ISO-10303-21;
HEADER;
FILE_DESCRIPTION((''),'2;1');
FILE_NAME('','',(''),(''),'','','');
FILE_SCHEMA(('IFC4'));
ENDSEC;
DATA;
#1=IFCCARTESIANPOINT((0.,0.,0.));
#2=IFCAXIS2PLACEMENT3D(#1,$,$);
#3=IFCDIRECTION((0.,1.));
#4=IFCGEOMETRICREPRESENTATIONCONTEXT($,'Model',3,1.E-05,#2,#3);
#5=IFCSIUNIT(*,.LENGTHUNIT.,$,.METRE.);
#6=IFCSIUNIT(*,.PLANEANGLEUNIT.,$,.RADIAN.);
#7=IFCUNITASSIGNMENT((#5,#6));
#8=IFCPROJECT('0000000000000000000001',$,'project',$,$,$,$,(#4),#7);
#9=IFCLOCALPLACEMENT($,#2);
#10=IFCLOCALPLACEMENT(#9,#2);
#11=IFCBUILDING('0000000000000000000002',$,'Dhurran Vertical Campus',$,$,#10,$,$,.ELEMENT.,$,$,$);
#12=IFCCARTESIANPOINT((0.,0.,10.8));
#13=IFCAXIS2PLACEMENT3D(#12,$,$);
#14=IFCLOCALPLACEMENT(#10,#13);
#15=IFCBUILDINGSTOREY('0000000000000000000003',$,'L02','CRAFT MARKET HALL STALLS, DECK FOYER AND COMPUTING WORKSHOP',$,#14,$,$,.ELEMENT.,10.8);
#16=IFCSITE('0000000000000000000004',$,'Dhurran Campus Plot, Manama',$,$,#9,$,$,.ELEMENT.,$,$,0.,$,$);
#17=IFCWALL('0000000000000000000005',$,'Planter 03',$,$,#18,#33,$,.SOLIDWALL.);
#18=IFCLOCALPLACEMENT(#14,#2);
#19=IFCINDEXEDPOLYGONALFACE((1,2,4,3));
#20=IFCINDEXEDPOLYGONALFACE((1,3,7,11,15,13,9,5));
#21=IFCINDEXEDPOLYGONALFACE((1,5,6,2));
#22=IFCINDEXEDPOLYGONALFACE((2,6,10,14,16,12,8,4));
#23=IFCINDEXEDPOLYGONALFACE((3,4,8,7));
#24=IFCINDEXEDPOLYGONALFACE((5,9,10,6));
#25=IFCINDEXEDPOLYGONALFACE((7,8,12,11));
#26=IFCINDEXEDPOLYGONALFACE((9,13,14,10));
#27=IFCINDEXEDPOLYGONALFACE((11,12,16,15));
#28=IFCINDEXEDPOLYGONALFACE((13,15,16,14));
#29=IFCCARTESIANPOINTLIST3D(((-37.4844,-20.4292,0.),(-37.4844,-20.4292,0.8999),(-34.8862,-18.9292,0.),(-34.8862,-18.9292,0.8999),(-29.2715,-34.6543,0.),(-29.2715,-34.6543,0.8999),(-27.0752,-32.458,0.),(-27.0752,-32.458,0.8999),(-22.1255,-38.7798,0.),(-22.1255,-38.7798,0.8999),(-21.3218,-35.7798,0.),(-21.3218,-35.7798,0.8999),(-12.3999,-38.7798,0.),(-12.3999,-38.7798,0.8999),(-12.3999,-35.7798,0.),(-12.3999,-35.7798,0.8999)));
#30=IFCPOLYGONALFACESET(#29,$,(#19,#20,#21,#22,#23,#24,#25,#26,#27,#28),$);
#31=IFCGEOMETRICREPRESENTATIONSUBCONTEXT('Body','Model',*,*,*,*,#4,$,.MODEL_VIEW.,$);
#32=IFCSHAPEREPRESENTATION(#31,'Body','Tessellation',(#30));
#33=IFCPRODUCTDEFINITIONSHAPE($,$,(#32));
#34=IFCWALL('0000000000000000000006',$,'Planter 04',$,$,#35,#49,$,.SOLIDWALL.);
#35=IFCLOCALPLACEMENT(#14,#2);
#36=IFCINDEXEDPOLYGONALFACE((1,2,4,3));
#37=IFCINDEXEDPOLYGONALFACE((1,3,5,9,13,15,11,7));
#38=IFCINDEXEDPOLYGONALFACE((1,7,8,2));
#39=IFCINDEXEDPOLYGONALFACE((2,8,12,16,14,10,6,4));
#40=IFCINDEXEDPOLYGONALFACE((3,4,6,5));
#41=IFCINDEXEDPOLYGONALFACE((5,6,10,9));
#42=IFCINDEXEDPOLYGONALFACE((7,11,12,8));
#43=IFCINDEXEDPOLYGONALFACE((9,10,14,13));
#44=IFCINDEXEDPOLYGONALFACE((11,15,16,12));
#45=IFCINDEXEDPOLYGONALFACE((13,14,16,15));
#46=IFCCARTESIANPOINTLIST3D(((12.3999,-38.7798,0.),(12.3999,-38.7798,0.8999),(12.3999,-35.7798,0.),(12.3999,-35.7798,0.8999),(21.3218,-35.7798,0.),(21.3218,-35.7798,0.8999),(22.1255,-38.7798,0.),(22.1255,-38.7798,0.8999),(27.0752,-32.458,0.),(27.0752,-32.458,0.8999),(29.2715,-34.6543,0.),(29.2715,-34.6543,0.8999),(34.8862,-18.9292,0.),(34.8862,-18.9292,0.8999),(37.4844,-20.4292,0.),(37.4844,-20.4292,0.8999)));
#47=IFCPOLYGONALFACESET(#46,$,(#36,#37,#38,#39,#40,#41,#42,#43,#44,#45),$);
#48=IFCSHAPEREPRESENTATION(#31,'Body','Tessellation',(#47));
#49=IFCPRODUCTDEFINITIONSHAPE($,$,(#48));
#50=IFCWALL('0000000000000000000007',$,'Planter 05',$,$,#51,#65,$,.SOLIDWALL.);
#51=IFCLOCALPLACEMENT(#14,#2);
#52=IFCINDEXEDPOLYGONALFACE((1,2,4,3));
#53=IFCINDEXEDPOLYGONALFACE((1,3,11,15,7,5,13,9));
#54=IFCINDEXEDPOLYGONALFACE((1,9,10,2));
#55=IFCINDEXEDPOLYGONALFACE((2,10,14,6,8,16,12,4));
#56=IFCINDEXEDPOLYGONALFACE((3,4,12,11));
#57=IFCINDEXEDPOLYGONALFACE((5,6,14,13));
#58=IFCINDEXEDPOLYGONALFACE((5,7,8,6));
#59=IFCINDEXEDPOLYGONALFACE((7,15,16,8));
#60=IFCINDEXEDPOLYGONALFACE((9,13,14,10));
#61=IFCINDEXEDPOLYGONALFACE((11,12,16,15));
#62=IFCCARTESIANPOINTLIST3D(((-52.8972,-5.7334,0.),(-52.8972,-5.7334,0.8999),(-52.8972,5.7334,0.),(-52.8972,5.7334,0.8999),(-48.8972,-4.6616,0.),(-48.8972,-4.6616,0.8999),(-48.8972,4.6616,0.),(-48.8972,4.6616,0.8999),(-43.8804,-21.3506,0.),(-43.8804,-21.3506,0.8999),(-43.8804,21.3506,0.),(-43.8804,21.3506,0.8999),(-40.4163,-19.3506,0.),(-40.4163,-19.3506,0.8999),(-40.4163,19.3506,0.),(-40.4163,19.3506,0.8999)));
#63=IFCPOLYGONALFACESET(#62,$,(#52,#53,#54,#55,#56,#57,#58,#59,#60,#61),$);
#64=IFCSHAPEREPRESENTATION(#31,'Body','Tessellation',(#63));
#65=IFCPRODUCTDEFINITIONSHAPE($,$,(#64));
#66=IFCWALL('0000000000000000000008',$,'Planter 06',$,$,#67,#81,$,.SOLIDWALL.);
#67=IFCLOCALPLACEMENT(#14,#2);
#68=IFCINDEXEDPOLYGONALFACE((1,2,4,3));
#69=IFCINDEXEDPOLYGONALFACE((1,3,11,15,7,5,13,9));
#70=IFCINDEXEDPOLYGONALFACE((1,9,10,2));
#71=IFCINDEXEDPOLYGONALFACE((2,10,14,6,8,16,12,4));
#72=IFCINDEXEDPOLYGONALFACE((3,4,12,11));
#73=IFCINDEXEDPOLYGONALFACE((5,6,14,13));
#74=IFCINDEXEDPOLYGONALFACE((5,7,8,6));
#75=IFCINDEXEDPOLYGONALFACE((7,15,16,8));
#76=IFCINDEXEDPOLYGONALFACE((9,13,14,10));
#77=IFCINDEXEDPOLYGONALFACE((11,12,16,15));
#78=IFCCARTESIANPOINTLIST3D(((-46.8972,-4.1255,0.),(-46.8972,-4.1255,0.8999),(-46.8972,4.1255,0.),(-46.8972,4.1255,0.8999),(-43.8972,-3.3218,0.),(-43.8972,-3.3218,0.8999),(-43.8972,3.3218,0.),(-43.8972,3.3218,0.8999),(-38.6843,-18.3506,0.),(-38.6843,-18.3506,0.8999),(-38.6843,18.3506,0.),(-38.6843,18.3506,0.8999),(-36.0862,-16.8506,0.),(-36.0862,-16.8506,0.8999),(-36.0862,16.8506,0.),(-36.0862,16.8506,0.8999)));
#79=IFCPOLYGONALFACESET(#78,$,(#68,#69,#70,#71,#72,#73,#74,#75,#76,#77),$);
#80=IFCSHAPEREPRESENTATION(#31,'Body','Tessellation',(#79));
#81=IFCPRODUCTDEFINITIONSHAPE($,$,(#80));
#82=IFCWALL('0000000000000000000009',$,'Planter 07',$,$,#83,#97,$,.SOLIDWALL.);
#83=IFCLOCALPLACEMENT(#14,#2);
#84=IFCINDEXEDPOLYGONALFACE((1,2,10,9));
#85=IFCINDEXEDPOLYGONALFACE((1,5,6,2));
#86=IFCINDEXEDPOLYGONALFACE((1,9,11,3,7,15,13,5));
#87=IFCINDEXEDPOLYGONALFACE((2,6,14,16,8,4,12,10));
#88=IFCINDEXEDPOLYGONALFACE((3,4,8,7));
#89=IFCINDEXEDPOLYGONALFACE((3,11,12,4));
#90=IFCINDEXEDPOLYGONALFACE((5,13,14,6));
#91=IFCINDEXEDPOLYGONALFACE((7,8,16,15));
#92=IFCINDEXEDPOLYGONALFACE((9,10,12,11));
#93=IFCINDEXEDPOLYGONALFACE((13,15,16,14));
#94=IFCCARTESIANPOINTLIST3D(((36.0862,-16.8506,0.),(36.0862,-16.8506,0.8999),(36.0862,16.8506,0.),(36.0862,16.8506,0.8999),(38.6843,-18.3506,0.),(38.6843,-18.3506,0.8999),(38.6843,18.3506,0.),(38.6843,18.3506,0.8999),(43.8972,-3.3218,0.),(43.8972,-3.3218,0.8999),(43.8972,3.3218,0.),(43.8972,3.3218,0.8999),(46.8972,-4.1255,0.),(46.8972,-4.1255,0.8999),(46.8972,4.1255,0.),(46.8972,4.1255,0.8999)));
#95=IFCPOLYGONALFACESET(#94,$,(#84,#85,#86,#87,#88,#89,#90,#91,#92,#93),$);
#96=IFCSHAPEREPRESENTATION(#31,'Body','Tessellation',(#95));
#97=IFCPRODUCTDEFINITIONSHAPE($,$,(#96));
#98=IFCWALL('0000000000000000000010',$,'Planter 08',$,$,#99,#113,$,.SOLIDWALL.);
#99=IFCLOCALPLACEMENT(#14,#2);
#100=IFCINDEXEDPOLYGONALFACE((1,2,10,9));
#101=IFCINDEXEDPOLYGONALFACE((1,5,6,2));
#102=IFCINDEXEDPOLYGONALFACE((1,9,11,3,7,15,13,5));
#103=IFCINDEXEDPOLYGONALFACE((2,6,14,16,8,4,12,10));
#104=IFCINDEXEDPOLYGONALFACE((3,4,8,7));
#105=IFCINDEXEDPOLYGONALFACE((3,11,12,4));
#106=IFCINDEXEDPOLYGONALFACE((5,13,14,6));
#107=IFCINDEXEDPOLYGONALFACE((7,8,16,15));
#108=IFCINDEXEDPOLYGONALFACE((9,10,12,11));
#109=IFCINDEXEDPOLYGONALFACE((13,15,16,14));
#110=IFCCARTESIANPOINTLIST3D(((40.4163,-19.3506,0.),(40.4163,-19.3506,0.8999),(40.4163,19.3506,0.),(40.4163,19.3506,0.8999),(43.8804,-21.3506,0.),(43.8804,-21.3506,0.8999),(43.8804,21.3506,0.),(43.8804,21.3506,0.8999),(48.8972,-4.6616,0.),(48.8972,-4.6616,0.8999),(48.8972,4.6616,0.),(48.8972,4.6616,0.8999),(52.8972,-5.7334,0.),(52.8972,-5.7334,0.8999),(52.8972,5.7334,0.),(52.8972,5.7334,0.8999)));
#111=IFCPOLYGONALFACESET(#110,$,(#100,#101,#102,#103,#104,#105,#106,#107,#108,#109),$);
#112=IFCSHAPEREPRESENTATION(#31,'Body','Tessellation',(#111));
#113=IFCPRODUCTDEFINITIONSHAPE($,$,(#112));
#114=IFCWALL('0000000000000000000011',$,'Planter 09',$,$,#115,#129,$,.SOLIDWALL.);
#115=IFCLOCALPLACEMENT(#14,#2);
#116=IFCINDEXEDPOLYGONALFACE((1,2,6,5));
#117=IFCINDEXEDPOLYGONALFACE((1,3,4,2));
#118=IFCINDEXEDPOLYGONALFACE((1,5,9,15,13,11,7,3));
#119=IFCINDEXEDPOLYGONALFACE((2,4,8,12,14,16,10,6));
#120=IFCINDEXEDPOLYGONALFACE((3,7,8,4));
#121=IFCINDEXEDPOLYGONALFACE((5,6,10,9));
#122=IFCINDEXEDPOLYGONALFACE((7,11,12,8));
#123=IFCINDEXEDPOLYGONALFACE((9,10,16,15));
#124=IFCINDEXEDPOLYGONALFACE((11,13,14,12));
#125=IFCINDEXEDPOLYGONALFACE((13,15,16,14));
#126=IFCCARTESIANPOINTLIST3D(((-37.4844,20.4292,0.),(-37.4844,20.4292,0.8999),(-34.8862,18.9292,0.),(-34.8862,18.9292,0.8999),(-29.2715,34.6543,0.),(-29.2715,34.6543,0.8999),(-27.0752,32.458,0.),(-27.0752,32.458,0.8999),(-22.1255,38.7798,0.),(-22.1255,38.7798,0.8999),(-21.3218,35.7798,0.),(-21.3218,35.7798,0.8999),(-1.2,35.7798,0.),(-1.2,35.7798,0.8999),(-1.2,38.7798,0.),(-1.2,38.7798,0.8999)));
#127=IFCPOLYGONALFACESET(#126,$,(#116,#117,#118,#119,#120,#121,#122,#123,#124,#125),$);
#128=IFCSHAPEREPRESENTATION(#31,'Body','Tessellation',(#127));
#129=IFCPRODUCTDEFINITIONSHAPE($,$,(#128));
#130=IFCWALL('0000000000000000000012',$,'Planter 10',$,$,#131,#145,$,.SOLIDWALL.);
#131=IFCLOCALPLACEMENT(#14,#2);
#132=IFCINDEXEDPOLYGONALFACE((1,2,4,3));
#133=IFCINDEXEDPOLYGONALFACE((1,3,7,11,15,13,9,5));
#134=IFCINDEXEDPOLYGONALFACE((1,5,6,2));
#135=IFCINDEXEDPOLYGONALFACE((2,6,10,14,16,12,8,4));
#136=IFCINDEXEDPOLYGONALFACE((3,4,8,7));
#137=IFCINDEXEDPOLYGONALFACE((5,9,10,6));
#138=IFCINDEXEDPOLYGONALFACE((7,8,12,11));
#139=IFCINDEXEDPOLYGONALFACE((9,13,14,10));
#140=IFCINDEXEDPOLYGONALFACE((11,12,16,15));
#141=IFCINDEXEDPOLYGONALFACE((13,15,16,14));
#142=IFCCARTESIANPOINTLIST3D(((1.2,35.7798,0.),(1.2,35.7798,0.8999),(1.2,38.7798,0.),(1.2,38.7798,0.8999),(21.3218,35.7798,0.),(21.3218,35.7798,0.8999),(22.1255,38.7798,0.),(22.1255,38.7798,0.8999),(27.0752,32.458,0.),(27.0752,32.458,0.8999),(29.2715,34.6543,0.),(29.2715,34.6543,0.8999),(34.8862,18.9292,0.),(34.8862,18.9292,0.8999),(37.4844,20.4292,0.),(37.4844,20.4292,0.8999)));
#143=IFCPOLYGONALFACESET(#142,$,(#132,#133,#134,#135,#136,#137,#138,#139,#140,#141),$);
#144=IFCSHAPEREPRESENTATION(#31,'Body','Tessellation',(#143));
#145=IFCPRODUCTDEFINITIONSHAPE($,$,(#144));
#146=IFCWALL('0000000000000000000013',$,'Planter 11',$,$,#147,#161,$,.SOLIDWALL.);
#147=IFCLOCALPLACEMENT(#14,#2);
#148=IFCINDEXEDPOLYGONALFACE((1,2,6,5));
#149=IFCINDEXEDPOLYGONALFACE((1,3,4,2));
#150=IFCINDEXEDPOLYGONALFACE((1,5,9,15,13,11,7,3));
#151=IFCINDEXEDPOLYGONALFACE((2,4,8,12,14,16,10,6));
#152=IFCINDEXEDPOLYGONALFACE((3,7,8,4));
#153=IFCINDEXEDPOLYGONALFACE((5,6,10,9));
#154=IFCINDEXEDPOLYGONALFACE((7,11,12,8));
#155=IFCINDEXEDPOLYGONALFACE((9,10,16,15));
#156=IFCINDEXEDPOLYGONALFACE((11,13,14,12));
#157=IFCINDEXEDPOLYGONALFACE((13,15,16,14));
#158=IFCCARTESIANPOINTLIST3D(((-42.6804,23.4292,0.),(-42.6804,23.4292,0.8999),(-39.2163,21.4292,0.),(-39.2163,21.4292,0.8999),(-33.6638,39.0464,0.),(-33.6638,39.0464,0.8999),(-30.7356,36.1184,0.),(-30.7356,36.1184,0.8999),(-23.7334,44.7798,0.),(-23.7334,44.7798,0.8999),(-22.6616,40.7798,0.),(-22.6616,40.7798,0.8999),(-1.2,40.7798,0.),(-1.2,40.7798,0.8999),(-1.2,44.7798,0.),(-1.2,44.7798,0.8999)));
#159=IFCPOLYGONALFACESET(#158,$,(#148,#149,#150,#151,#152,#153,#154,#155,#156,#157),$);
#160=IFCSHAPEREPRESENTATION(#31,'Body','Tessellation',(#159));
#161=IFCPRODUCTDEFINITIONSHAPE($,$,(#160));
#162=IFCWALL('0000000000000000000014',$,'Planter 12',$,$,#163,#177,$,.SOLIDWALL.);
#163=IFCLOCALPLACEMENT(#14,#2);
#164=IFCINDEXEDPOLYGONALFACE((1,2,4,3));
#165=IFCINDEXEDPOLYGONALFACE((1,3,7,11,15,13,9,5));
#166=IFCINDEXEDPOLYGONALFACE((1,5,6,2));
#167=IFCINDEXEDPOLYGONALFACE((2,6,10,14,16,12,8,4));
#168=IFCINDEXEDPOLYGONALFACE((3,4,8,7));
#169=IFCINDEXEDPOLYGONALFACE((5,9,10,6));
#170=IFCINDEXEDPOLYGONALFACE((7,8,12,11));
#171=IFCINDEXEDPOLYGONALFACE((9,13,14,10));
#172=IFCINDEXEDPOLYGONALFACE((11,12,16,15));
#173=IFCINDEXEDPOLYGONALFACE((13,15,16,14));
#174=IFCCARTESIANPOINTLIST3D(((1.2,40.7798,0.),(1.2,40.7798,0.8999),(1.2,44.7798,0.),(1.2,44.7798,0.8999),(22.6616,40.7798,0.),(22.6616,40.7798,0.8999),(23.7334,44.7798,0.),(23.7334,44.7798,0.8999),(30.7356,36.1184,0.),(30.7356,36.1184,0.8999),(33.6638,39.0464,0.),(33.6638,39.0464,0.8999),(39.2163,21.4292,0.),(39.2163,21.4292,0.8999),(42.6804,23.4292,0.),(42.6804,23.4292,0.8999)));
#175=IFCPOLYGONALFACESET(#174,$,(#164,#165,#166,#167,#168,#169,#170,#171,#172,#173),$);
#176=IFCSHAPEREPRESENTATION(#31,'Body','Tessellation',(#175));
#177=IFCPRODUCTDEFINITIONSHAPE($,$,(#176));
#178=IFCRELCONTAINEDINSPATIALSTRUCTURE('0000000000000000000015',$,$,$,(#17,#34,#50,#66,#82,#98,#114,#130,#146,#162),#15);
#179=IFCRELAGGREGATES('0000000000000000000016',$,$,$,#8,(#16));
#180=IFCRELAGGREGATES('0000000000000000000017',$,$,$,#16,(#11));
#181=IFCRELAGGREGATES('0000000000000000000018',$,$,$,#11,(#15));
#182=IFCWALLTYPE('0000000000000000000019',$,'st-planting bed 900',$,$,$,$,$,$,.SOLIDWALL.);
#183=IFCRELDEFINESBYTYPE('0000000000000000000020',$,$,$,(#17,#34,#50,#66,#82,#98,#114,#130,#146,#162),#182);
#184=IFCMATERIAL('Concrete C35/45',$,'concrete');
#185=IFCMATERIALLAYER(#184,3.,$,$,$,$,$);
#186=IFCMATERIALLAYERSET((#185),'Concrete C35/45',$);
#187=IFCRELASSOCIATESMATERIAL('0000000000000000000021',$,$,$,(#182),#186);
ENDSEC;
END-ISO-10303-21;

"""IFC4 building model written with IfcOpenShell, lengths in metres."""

from ifc_helpers import new_model, si_unit, direction, frame, origin, place, context, subcontext, project, spatial, polyline, outline, extrude, material, layer, layer_set, type_object, element, save


model = new_model("IFC4")

# Units and contexts
model_context = context("Model", 3, precision=1e-05, world=origin(), true_north=direction((0.0, 1.0)))
body_context = subcontext(model_context, "Body", "Model", "MODEL_VIEW")
ifc_project = project(units=[si_unit("LENGTHUNIT", "METRE"), si_unit("PLANEANGLEUNIT", "RADIAN")], contexts=[model_context])

# Site, building, storey
site_placement = place(None, origin())
site = spatial("IfcSite", under=ifc_project, at=site_placement, Name="Dhurran Campus Plot, Manama", CompositionType="ELEMENT", RefElevation=0.0)
building_placement = place(site_placement, origin())
building = spatial("IfcBuilding", under=site, at=building_placement, Name="Dhurran Vertical Campus", CompositionType="ELEMENT")
storey_placement = place(building_placement, frame((0.0, 0.0, 10.8)))
storey = spatial("IfcBuildingStorey", under=building, at=storey_placement, Name="L02", Description="CRAFT MARKET HALL STALLS, DECK FOYER AND COMPUTING WORKSHOP", CompositionType="ELEMENT", Elevation=10.8)

# Walls
ifc_material_1 = material(Name="Concrete C35/45", Category="concrete")
ifc_layer_1 = layer(ifc_material_1, 3.0)
ifc_layer_set_1 = layer_set([ifc_layer_1], Name="Concrete C35/45")
wall_type_1 = type_object("IfcWallType", Name="st-planting bed 900", PredefinedType="SOLIDWALL", material=ifc_layer_set_1)
wall_1_placement = place(storey_placement, origin())
element("IfcWall", 1, at=wall_1_placement, inside=storey, type_object=wall_type_1, Name="Planter 03", PredefinedType="SOLIDWALL", context=body_context, shape_type="SweptSolid", body=[
    extrude(outline(polyline([(-12.3999, -38.7798), (-12.3999, -35.7798), (-21.3218, -35.7798), (-27.0752, -32.458), (-34.8862, -18.9292), (-37.4844, -20.4292), (-29.2715, -34.6543), (-22.1255, -38.7798), (-12.3999, -38.7798)])), origin(), (0.0, 0.0, 1.0), 0.8999),
])
wall_2_placement = place(storey_placement, origin())
element("IfcWall", 2, at=wall_2_placement, inside=storey, type_object=wall_type_1, Name="Planter 04", PredefinedType="SOLIDWALL", context=body_context, shape_type="SweptSolid", body=[
    extrude(outline(polyline([(37.4844, -20.4292), (34.8862, -18.9292), (27.0752, -32.458), (21.3218, -35.7798), (12.3999, -35.7798), (12.3999, -38.7798), (22.1255, -38.7798), (29.2715, -34.6543), (37.4844, -20.4292)])), origin(), (0.0, 0.0, 1.0), 0.8999),
])
wall_3_placement = place(storey_placement, origin())
element("IfcWall", 3, at=wall_3_placement, inside=storey, type_object=wall_type_1, Name="Planter 05", PredefinedType="SOLIDWALL", context=body_context, shape_type="SweptSolid", body=[
    extrude(outline(polyline([(-52.8972, -5.7334), (-43.8804, -21.3506), (-40.4163, -19.3506), (-48.8972, -4.6616), (-48.8972, 4.6616), (-40.4163, 19.3506), (-43.8804, 21.3506), (-52.8972, 5.7334), (-52.8972, -5.7334)])), origin(), (0.0, 0.0, 1.0), 0.8999),
])
wall_4_placement = place(storey_placement, origin())
element("IfcWall", 4, at=wall_4_placement, inside=storey, type_object=wall_type_1, Name="Planter 06", PredefinedType="SOLIDWALL", context=body_context, shape_type="SweptSolid", body=[
    extrude(outline(polyline([(-46.8972, -4.1255), (-38.6843, -18.3506), (-36.0862, -16.8506), (-43.8972, -3.3218), (-43.8972, 3.3218), (-36.0862, 16.8506), (-38.6843, 18.3506), (-46.8972, 4.1255), (-46.8972, -4.1255)])), origin(), (0.0, 0.0, 1.0), 0.8999),
])
wall_5_placement = place(storey_placement, origin())
element("IfcWall", 5, at=wall_5_placement, inside=storey, type_object=wall_type_1, Name="Planter 07", PredefinedType="SOLIDWALL", context=body_context, shape_type="SweptSolid", body=[
    extrude(outline(polyline([(38.6843, 18.3506), (36.0862, 16.8506), (43.8972, 3.3218), (43.8972, -3.3218), (36.0862, -16.8506), (38.6843, -18.3506), (46.8972, -4.1255), (46.8972, 4.1255), (38.6843, 18.3506)])), origin(), (0.0, 0.0, 1.0), 0.8999),
])
wall_6_placement = place(storey_placement, origin())
element("IfcWall", 6, at=wall_6_placement, inside=storey, type_object=wall_type_1, Name="Planter 08", PredefinedType="SOLIDWALL", context=body_context, shape_type="SweptSolid", body=[
    extrude(outline(polyline([(43.8804, 21.3506), (40.4163, 19.3506), (48.8972, 4.6616), (48.8972, -4.6616), (40.4163, -19.3506), (43.8804, -21.3506), (52.8972, -5.7334), (52.8972, 5.7334), (43.8804, 21.3506)])), origin(), (0.0, 0.0, 1.0), 0.8999),
])
wall_7_placement = place(storey_placement, origin())
element("IfcWall", 7, at=wall_7_placement, inside=storey, type_object=wall_type_1, Name="Planter 09", PredefinedType="SOLIDWALL", context=body_context, shape_type="SweptSolid", body=[
    extrude(outline(polyline([(-37.4844, 20.4292), (-34.8862, 18.9292), (-27.0752, 32.458), (-21.3218, 35.7798), (-1.2, 35.7798), (-1.2, 38.7798), (-22.1255, 38.7798), (-29.2715, 34.6543), (-37.4844, 20.4292)])), origin(), (0.0, 0.0, 1.0), 0.8999),
])
wall_8_placement = place(storey_placement, origin())
element("IfcWall", 8, at=wall_8_placement, inside=storey, type_object=wall_type_1, Name="Planter 10", PredefinedType="SOLIDWALL", context=body_context, shape_type="SweptSolid", body=[
    extrude(outline(polyline([(1.2, 38.7798), (1.2, 35.7798), (21.3218, 35.7798), (27.0752, 32.458), (34.8862, 18.9292), (37.4844, 20.4292), (29.2715, 34.6543), (22.1255, 38.7798), (1.2, 38.7798)])), origin(), (0.0, 0.0, 1.0), 0.8999),
])
wall_9_placement = place(storey_placement, origin())
element("IfcWall", 9, at=wall_9_placement, inside=storey, type_object=wall_type_1, Name="Planter 11", PredefinedType="SOLIDWALL", context=body_context, shape_type="SweptSolid", body=[
    extrude(outline(polyline([(-42.6804, 23.4292), (-39.2163, 21.4292), (-30.7356, 36.1184), (-22.6616, 40.7798), (-1.2, 40.7798), (-1.2, 44.7798), (-23.7334, 44.7798), (-33.6638, 39.0464), (-42.6804, 23.4292)])), origin(), (0.0, 0.0, 1.0), 0.8999),
])
wall_10_placement = place(storey_placement, origin())
element("IfcWall", 10, at=wall_10_placement, inside=storey, type_object=wall_type_1, Name="Planter 12", PredefinedType="SOLIDWALL", context=body_context, shape_type="SweptSolid", body=[
    extrude(outline(polyline([(1.2, 44.7798), (1.2, 40.7798), (22.6616, 40.7798), (30.7356, 36.1184), (39.2163, 21.4292), (42.6804, 23.4292), (33.6638, 39.0464), (23.7334, 44.7798), (1.2, 44.7798)])), origin(), (0.0, 0.0, 1.0), 0.8999),
])

save(model, "model.ifc")
